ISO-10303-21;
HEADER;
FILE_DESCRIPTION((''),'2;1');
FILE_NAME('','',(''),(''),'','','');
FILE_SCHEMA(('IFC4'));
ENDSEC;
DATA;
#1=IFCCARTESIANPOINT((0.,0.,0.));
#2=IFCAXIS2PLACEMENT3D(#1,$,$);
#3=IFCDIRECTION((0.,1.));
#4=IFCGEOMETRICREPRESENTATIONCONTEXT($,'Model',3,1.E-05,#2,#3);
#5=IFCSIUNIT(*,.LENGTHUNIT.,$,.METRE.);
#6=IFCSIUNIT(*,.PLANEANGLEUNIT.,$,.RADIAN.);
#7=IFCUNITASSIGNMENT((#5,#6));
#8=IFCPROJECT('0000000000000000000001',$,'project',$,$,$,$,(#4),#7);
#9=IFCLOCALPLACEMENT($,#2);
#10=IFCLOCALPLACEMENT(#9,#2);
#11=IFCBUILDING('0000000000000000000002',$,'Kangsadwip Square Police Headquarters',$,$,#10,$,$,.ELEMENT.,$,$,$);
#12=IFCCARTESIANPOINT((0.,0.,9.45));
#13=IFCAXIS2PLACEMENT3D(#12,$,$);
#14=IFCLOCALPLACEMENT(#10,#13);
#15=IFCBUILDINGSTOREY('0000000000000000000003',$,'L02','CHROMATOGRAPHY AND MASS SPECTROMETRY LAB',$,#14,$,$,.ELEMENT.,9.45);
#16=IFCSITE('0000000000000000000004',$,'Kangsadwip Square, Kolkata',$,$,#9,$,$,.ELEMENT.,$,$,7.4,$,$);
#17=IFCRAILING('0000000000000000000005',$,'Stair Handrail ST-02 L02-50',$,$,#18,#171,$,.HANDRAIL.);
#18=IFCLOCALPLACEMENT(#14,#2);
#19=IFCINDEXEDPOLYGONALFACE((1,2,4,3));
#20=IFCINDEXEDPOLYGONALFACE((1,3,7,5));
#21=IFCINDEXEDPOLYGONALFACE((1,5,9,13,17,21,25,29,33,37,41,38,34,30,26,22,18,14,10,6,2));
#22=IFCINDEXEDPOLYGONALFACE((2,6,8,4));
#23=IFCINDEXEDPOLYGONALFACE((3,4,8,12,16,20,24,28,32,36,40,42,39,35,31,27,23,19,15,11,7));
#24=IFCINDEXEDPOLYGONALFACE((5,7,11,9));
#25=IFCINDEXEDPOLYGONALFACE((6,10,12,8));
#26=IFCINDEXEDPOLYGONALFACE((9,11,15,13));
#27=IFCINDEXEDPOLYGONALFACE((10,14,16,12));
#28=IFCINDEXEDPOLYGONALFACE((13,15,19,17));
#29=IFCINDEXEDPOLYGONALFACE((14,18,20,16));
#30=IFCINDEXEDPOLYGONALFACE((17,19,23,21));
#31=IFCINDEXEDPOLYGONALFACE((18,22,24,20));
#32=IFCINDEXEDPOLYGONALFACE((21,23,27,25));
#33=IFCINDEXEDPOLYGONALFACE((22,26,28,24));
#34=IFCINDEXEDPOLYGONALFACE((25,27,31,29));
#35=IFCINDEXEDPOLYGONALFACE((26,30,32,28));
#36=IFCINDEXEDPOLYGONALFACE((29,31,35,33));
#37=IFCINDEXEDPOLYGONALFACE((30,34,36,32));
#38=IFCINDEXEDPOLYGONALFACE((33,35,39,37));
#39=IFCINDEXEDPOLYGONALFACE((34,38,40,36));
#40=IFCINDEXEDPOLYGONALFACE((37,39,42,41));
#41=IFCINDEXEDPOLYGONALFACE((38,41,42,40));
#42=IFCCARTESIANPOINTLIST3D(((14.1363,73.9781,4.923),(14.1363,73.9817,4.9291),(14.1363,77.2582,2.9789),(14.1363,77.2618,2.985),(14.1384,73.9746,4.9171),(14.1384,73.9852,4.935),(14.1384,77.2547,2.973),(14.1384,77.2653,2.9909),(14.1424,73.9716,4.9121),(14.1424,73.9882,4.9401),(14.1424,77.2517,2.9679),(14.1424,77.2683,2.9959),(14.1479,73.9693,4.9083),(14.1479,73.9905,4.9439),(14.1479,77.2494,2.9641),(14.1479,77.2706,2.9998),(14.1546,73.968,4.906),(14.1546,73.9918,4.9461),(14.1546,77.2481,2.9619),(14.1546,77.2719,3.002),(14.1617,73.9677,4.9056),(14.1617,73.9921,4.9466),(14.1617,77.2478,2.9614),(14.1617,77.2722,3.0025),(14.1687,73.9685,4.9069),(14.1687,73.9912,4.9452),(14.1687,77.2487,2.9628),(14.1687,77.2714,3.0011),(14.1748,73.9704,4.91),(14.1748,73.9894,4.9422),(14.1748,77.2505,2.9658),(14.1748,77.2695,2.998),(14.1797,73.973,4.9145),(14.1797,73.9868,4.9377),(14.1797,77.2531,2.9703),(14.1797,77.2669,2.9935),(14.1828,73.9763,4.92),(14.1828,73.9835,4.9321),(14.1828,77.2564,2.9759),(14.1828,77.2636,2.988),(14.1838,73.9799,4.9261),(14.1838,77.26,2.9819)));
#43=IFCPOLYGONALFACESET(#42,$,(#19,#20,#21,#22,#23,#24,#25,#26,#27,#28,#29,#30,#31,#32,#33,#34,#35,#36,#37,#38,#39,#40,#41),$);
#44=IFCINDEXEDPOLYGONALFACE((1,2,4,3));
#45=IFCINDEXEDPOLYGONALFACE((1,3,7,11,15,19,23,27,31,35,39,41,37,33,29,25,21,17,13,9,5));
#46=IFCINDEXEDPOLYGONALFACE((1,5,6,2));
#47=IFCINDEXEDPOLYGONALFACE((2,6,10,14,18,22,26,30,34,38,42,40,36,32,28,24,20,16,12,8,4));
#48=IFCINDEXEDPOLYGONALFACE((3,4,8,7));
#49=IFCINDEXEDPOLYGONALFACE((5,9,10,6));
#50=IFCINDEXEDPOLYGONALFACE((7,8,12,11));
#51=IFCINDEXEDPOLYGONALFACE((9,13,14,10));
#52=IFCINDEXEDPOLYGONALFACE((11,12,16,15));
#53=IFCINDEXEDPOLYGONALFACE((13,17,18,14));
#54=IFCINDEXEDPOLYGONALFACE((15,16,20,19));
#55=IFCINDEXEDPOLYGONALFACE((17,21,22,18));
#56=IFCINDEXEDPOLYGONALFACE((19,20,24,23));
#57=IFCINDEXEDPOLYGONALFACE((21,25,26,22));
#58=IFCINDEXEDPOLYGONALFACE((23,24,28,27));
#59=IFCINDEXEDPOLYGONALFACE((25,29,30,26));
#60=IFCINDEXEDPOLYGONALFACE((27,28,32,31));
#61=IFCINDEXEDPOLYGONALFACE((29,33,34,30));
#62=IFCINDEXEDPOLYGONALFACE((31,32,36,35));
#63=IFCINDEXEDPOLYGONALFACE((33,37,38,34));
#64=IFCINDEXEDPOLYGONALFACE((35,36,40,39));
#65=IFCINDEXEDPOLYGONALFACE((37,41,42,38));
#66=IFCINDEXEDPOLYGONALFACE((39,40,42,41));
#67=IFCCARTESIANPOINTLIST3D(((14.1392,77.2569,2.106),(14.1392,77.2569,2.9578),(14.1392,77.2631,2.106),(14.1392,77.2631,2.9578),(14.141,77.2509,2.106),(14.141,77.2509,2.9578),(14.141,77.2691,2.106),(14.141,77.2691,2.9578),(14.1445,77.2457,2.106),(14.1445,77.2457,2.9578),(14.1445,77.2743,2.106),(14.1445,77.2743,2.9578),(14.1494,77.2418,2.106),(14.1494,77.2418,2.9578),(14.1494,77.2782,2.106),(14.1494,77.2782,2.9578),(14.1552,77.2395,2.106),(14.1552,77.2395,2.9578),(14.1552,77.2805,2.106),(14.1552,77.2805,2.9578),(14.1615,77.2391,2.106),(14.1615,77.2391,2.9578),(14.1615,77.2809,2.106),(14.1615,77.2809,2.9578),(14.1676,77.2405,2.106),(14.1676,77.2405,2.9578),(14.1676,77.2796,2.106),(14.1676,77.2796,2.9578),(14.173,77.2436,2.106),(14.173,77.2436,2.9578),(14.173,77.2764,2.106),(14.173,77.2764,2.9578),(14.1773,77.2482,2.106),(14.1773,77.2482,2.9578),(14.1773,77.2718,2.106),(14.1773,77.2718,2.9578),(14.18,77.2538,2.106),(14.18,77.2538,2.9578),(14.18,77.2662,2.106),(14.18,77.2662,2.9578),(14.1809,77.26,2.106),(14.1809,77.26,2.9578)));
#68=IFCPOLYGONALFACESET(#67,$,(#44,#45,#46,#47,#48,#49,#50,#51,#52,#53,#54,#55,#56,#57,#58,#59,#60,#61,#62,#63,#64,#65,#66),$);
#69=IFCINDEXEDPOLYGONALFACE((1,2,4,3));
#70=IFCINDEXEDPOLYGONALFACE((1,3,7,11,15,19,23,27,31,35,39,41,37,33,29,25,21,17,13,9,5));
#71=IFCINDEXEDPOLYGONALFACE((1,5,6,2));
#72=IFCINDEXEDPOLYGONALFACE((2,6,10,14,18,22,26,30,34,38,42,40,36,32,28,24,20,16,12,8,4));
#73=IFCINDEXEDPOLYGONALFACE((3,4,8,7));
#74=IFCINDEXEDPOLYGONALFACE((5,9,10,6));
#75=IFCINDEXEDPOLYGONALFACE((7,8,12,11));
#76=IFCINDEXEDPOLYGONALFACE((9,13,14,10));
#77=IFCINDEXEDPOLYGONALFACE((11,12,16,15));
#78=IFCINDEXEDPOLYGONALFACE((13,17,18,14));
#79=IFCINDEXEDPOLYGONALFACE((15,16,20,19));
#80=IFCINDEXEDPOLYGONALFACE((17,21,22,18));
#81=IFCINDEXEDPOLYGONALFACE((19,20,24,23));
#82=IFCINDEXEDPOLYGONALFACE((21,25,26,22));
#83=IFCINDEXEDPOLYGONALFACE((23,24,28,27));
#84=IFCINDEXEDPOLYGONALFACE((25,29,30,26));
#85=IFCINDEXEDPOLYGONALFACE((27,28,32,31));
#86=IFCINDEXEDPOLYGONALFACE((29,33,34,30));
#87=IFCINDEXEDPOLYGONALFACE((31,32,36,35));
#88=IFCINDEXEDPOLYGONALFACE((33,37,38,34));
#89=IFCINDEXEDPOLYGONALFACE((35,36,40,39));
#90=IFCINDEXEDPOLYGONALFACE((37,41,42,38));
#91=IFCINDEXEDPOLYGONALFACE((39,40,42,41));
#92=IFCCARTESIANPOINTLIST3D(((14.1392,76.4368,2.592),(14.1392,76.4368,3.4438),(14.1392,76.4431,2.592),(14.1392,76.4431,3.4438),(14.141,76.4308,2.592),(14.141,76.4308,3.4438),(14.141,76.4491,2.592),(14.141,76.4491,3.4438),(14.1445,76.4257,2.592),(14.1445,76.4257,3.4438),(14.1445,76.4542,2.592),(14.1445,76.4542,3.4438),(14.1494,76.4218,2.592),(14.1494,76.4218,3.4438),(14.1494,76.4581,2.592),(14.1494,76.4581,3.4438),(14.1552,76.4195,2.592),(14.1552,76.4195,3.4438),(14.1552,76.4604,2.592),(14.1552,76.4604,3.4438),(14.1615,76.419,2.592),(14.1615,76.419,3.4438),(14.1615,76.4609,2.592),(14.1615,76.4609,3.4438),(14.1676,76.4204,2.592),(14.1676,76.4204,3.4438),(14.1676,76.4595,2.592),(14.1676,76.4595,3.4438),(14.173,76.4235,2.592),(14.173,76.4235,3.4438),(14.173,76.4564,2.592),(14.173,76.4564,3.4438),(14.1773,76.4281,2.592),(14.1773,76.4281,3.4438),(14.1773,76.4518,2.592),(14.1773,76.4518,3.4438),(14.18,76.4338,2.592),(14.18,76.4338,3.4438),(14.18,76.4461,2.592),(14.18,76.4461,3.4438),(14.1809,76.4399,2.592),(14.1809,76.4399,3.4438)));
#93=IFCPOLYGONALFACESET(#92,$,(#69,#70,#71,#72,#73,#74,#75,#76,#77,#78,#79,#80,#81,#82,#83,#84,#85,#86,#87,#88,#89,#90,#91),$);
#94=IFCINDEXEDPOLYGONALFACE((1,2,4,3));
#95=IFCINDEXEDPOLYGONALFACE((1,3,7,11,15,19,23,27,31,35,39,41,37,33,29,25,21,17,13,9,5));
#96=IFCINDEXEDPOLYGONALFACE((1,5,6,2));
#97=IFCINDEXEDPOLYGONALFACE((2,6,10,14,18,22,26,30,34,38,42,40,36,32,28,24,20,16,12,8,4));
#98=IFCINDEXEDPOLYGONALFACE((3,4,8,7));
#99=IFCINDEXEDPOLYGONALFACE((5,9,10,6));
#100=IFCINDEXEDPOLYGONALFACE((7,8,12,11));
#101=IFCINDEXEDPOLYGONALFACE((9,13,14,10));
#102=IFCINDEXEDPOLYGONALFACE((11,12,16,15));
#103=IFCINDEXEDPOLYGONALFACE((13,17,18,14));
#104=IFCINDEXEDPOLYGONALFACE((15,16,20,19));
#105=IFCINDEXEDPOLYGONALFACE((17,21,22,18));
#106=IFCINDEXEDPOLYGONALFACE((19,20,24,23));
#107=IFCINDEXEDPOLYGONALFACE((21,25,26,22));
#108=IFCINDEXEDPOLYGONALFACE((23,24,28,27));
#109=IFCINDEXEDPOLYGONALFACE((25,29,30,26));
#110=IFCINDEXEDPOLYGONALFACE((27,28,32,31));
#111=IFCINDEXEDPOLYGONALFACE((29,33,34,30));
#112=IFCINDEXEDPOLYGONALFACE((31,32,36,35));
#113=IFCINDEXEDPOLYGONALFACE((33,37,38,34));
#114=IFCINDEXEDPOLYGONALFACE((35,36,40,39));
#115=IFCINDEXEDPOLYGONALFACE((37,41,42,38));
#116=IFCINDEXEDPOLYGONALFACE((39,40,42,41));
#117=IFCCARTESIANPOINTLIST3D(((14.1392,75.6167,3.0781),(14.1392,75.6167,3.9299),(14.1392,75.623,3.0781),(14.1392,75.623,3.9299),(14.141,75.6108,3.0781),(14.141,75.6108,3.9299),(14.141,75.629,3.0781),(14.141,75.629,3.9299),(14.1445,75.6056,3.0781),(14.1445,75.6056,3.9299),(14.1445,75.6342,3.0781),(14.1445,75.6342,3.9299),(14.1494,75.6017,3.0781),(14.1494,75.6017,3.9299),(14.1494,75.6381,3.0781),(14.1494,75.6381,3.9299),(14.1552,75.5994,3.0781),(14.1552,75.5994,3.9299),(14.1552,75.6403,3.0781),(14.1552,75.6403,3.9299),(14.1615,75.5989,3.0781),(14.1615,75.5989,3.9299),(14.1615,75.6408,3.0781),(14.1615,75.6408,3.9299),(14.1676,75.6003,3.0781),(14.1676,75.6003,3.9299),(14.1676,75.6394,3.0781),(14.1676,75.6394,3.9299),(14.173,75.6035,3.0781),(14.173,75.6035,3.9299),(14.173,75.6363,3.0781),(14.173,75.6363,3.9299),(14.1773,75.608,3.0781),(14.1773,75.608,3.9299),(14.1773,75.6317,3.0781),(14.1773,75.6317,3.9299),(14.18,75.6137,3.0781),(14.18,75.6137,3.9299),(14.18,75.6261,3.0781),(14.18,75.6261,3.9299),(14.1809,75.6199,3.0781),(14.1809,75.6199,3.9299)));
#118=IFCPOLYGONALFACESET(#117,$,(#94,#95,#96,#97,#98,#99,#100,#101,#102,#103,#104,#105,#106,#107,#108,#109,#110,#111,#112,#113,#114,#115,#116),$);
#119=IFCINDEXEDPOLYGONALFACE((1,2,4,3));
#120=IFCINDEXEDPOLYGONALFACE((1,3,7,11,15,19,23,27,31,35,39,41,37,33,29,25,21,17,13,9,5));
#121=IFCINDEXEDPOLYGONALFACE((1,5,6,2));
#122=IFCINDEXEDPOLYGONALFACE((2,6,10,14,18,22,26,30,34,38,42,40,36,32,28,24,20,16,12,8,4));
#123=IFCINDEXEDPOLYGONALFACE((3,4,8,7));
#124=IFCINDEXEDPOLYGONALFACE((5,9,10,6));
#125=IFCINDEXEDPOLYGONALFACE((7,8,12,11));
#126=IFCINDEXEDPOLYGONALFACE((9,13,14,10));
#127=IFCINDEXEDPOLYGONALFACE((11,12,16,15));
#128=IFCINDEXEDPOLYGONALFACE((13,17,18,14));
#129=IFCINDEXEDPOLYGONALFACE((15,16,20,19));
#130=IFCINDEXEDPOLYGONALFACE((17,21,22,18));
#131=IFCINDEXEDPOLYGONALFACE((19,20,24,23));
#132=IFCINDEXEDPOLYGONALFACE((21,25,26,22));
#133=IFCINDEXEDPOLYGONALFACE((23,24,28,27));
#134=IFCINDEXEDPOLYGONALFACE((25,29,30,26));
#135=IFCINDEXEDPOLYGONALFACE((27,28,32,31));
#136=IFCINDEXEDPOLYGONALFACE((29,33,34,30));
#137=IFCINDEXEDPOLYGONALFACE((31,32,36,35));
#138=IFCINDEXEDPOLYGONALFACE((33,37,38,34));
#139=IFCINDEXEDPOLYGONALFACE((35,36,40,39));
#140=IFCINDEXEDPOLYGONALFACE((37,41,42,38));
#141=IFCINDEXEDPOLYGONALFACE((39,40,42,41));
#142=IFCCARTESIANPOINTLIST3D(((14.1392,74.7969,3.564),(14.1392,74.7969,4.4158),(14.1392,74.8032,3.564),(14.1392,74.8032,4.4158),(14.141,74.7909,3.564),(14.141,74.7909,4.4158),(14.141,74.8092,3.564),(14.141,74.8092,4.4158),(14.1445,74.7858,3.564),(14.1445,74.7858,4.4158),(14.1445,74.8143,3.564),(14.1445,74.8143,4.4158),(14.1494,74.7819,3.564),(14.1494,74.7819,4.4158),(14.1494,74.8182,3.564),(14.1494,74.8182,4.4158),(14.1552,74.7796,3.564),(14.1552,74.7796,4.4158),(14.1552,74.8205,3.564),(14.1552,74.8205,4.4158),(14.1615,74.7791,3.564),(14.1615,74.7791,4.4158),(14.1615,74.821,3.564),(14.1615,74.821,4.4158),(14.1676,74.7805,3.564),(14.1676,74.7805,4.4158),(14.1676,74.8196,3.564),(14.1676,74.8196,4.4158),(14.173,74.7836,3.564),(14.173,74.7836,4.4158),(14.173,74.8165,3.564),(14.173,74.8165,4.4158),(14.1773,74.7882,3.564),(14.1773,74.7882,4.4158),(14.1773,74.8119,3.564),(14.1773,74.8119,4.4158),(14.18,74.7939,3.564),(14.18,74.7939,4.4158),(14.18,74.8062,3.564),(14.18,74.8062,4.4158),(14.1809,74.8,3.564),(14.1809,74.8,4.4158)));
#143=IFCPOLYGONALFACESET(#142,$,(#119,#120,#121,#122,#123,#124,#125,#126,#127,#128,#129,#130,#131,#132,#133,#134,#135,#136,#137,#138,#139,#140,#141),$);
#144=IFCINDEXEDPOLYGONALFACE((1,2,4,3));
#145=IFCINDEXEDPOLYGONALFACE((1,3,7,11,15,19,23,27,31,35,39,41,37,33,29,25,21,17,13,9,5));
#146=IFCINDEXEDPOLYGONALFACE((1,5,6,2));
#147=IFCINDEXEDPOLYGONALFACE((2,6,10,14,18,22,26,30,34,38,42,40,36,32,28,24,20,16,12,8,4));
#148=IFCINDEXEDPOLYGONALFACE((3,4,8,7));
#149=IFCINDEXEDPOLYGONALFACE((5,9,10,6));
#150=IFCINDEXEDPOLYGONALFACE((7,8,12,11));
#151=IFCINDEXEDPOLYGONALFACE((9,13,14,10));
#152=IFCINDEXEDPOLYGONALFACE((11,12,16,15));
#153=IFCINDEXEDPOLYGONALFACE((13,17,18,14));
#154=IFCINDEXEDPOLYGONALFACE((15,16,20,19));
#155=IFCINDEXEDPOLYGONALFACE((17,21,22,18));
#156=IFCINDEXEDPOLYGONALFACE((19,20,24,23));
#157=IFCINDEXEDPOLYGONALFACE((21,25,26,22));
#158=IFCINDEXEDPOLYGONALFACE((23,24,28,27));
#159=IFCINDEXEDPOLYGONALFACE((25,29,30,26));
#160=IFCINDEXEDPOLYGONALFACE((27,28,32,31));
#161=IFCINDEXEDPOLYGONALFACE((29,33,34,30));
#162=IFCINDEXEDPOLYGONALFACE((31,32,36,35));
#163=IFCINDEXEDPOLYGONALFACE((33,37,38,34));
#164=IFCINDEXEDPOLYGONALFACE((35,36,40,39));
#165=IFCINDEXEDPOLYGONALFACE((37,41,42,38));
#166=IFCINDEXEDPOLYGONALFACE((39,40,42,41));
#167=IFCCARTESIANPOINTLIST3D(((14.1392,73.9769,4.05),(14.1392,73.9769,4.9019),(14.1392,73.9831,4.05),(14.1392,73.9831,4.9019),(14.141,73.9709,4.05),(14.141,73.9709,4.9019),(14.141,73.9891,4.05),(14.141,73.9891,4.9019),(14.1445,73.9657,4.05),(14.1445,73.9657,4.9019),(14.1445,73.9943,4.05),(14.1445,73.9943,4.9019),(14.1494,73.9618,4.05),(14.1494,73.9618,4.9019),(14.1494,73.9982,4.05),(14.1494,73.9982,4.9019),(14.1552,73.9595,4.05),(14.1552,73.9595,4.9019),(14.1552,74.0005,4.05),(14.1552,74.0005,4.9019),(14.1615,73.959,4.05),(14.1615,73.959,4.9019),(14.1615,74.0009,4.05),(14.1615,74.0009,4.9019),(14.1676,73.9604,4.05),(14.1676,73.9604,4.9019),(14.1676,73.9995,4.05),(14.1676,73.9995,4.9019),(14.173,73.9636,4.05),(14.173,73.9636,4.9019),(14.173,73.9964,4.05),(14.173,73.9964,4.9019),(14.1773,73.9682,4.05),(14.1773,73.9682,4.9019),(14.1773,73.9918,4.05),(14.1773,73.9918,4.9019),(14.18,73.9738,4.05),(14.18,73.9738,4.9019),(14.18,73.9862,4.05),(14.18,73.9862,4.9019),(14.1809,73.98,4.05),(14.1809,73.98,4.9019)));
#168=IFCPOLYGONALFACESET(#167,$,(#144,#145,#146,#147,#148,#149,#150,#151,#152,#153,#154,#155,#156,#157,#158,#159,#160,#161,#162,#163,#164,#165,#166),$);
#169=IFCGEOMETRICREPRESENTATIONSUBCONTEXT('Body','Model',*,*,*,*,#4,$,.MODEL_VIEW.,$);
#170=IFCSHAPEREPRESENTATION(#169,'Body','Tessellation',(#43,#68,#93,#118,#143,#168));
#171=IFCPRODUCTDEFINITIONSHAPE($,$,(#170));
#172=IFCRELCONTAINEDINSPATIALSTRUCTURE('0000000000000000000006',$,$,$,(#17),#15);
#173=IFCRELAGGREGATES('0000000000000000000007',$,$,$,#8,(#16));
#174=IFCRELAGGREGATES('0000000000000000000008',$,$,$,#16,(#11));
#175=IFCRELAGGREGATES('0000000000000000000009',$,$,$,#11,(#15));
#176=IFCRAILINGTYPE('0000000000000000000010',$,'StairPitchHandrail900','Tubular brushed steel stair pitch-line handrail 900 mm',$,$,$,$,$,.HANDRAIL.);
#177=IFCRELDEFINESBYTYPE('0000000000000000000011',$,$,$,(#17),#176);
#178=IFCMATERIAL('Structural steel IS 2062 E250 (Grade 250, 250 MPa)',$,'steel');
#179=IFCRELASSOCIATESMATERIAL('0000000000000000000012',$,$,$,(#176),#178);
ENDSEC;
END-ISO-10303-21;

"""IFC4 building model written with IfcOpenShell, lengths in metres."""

from ifc_helpers import new_model, si_unit, direction, frame, origin, origin_2d, place, context, subcontext, project, spatial, circle, extrude, material, type_object, element, save


model = new_model("IFC4")

# Units and contexts
model_context = context("Model", 3, precision=1e-05, world=origin(), true_north=direction((0.0, 1.0)))
body_context = subcontext(model_context, "Body", "Model", "MODEL_VIEW")
ifc_project = project(units=[si_unit("LENGTHUNIT", "METRE"), si_unit("PLANEANGLEUNIT", "RADIAN")], contexts=[model_context])

# Site, building, storey
site_placement = place(None, origin())
site = spatial("IfcSite", under=ifc_project, at=site_placement, Name="Kangsadwip Square, Kolkata", CompositionType="ELEMENT", RefElevation=7.4)
building_placement = place(site_placement, origin())
building = spatial("IfcBuilding", under=site, at=building_placement, Name="Kangsadwip Square Police Headquarters", CompositionType="ELEMENT")
storey_placement = place(building_placement, frame((0.0, 0.0, 9.45)))
storey = spatial("IfcBuildingStorey", under=building, at=storey_placement, Name="L02", Description="CHROMATOGRAPHY AND MASS SPECTROMETRY LAB", CompositionType="ELEMENT", Elevation=9.45)

# Railing
ifc_material_1 = material(Name="Structural steel IS 2062 E250 (Grade 250, 250 MPa)", Category="steel")
railing_type_1 = type_object("IfcRailingType", Name="StairPitchHandrail900", Description="Tubular brushed steel stair pitch-line handrail 900 mm", PredefinedType="HANDRAIL", material=ifc_material_1)
railing_placement = place(storey_placement, frame((14.1599, 77.26, 2.106)))
element("IfcRailing", 1, at=railing_placement, inside=storey, type_object=railing_type_1, Name="Stair Handrail ST-02 L02-50", PredefinedType="HANDRAIL", context=body_context, shape_type="SweptSolid", body=[
    extrude(circle(Radius=0.0239, at=origin_2d()), frame((0.0, 0.0, 0.876), z_axis=(0.0, -0.860249, 0.509874), x_axis=(1.0, 0.0, 0.0)), (0.0, 0.0, 1.0), 3.813),
    extrude(circle(Radius=0.021, at=origin_2d()), origin(), (0.0, 0.0, 1.0), 0.8518),
    extrude(circle(Radius=0.021, at=origin_2d()), frame((0.0, -0.8201, 0.4861)), (0.0, 0.0, 1.0), 0.8518),
    extrude(circle(Radius=0.021, at=origin_2d()), frame((0.0, -1.6401, 0.9722)), (0.0, 0.0, 1.0), 0.8518),
    extrude(circle(Radius=0.021, at=origin_2d()), frame((0.0, -2.46, 1.458)), (0.0, 0.0, 1.0), 0.8518),
    extrude(circle(Radius=0.021, at=origin_2d()), frame((0.0, -3.28, 1.9441)), (0.0, 0.0, 1.0), 0.8518),
])

save(model, "model.ifc")
